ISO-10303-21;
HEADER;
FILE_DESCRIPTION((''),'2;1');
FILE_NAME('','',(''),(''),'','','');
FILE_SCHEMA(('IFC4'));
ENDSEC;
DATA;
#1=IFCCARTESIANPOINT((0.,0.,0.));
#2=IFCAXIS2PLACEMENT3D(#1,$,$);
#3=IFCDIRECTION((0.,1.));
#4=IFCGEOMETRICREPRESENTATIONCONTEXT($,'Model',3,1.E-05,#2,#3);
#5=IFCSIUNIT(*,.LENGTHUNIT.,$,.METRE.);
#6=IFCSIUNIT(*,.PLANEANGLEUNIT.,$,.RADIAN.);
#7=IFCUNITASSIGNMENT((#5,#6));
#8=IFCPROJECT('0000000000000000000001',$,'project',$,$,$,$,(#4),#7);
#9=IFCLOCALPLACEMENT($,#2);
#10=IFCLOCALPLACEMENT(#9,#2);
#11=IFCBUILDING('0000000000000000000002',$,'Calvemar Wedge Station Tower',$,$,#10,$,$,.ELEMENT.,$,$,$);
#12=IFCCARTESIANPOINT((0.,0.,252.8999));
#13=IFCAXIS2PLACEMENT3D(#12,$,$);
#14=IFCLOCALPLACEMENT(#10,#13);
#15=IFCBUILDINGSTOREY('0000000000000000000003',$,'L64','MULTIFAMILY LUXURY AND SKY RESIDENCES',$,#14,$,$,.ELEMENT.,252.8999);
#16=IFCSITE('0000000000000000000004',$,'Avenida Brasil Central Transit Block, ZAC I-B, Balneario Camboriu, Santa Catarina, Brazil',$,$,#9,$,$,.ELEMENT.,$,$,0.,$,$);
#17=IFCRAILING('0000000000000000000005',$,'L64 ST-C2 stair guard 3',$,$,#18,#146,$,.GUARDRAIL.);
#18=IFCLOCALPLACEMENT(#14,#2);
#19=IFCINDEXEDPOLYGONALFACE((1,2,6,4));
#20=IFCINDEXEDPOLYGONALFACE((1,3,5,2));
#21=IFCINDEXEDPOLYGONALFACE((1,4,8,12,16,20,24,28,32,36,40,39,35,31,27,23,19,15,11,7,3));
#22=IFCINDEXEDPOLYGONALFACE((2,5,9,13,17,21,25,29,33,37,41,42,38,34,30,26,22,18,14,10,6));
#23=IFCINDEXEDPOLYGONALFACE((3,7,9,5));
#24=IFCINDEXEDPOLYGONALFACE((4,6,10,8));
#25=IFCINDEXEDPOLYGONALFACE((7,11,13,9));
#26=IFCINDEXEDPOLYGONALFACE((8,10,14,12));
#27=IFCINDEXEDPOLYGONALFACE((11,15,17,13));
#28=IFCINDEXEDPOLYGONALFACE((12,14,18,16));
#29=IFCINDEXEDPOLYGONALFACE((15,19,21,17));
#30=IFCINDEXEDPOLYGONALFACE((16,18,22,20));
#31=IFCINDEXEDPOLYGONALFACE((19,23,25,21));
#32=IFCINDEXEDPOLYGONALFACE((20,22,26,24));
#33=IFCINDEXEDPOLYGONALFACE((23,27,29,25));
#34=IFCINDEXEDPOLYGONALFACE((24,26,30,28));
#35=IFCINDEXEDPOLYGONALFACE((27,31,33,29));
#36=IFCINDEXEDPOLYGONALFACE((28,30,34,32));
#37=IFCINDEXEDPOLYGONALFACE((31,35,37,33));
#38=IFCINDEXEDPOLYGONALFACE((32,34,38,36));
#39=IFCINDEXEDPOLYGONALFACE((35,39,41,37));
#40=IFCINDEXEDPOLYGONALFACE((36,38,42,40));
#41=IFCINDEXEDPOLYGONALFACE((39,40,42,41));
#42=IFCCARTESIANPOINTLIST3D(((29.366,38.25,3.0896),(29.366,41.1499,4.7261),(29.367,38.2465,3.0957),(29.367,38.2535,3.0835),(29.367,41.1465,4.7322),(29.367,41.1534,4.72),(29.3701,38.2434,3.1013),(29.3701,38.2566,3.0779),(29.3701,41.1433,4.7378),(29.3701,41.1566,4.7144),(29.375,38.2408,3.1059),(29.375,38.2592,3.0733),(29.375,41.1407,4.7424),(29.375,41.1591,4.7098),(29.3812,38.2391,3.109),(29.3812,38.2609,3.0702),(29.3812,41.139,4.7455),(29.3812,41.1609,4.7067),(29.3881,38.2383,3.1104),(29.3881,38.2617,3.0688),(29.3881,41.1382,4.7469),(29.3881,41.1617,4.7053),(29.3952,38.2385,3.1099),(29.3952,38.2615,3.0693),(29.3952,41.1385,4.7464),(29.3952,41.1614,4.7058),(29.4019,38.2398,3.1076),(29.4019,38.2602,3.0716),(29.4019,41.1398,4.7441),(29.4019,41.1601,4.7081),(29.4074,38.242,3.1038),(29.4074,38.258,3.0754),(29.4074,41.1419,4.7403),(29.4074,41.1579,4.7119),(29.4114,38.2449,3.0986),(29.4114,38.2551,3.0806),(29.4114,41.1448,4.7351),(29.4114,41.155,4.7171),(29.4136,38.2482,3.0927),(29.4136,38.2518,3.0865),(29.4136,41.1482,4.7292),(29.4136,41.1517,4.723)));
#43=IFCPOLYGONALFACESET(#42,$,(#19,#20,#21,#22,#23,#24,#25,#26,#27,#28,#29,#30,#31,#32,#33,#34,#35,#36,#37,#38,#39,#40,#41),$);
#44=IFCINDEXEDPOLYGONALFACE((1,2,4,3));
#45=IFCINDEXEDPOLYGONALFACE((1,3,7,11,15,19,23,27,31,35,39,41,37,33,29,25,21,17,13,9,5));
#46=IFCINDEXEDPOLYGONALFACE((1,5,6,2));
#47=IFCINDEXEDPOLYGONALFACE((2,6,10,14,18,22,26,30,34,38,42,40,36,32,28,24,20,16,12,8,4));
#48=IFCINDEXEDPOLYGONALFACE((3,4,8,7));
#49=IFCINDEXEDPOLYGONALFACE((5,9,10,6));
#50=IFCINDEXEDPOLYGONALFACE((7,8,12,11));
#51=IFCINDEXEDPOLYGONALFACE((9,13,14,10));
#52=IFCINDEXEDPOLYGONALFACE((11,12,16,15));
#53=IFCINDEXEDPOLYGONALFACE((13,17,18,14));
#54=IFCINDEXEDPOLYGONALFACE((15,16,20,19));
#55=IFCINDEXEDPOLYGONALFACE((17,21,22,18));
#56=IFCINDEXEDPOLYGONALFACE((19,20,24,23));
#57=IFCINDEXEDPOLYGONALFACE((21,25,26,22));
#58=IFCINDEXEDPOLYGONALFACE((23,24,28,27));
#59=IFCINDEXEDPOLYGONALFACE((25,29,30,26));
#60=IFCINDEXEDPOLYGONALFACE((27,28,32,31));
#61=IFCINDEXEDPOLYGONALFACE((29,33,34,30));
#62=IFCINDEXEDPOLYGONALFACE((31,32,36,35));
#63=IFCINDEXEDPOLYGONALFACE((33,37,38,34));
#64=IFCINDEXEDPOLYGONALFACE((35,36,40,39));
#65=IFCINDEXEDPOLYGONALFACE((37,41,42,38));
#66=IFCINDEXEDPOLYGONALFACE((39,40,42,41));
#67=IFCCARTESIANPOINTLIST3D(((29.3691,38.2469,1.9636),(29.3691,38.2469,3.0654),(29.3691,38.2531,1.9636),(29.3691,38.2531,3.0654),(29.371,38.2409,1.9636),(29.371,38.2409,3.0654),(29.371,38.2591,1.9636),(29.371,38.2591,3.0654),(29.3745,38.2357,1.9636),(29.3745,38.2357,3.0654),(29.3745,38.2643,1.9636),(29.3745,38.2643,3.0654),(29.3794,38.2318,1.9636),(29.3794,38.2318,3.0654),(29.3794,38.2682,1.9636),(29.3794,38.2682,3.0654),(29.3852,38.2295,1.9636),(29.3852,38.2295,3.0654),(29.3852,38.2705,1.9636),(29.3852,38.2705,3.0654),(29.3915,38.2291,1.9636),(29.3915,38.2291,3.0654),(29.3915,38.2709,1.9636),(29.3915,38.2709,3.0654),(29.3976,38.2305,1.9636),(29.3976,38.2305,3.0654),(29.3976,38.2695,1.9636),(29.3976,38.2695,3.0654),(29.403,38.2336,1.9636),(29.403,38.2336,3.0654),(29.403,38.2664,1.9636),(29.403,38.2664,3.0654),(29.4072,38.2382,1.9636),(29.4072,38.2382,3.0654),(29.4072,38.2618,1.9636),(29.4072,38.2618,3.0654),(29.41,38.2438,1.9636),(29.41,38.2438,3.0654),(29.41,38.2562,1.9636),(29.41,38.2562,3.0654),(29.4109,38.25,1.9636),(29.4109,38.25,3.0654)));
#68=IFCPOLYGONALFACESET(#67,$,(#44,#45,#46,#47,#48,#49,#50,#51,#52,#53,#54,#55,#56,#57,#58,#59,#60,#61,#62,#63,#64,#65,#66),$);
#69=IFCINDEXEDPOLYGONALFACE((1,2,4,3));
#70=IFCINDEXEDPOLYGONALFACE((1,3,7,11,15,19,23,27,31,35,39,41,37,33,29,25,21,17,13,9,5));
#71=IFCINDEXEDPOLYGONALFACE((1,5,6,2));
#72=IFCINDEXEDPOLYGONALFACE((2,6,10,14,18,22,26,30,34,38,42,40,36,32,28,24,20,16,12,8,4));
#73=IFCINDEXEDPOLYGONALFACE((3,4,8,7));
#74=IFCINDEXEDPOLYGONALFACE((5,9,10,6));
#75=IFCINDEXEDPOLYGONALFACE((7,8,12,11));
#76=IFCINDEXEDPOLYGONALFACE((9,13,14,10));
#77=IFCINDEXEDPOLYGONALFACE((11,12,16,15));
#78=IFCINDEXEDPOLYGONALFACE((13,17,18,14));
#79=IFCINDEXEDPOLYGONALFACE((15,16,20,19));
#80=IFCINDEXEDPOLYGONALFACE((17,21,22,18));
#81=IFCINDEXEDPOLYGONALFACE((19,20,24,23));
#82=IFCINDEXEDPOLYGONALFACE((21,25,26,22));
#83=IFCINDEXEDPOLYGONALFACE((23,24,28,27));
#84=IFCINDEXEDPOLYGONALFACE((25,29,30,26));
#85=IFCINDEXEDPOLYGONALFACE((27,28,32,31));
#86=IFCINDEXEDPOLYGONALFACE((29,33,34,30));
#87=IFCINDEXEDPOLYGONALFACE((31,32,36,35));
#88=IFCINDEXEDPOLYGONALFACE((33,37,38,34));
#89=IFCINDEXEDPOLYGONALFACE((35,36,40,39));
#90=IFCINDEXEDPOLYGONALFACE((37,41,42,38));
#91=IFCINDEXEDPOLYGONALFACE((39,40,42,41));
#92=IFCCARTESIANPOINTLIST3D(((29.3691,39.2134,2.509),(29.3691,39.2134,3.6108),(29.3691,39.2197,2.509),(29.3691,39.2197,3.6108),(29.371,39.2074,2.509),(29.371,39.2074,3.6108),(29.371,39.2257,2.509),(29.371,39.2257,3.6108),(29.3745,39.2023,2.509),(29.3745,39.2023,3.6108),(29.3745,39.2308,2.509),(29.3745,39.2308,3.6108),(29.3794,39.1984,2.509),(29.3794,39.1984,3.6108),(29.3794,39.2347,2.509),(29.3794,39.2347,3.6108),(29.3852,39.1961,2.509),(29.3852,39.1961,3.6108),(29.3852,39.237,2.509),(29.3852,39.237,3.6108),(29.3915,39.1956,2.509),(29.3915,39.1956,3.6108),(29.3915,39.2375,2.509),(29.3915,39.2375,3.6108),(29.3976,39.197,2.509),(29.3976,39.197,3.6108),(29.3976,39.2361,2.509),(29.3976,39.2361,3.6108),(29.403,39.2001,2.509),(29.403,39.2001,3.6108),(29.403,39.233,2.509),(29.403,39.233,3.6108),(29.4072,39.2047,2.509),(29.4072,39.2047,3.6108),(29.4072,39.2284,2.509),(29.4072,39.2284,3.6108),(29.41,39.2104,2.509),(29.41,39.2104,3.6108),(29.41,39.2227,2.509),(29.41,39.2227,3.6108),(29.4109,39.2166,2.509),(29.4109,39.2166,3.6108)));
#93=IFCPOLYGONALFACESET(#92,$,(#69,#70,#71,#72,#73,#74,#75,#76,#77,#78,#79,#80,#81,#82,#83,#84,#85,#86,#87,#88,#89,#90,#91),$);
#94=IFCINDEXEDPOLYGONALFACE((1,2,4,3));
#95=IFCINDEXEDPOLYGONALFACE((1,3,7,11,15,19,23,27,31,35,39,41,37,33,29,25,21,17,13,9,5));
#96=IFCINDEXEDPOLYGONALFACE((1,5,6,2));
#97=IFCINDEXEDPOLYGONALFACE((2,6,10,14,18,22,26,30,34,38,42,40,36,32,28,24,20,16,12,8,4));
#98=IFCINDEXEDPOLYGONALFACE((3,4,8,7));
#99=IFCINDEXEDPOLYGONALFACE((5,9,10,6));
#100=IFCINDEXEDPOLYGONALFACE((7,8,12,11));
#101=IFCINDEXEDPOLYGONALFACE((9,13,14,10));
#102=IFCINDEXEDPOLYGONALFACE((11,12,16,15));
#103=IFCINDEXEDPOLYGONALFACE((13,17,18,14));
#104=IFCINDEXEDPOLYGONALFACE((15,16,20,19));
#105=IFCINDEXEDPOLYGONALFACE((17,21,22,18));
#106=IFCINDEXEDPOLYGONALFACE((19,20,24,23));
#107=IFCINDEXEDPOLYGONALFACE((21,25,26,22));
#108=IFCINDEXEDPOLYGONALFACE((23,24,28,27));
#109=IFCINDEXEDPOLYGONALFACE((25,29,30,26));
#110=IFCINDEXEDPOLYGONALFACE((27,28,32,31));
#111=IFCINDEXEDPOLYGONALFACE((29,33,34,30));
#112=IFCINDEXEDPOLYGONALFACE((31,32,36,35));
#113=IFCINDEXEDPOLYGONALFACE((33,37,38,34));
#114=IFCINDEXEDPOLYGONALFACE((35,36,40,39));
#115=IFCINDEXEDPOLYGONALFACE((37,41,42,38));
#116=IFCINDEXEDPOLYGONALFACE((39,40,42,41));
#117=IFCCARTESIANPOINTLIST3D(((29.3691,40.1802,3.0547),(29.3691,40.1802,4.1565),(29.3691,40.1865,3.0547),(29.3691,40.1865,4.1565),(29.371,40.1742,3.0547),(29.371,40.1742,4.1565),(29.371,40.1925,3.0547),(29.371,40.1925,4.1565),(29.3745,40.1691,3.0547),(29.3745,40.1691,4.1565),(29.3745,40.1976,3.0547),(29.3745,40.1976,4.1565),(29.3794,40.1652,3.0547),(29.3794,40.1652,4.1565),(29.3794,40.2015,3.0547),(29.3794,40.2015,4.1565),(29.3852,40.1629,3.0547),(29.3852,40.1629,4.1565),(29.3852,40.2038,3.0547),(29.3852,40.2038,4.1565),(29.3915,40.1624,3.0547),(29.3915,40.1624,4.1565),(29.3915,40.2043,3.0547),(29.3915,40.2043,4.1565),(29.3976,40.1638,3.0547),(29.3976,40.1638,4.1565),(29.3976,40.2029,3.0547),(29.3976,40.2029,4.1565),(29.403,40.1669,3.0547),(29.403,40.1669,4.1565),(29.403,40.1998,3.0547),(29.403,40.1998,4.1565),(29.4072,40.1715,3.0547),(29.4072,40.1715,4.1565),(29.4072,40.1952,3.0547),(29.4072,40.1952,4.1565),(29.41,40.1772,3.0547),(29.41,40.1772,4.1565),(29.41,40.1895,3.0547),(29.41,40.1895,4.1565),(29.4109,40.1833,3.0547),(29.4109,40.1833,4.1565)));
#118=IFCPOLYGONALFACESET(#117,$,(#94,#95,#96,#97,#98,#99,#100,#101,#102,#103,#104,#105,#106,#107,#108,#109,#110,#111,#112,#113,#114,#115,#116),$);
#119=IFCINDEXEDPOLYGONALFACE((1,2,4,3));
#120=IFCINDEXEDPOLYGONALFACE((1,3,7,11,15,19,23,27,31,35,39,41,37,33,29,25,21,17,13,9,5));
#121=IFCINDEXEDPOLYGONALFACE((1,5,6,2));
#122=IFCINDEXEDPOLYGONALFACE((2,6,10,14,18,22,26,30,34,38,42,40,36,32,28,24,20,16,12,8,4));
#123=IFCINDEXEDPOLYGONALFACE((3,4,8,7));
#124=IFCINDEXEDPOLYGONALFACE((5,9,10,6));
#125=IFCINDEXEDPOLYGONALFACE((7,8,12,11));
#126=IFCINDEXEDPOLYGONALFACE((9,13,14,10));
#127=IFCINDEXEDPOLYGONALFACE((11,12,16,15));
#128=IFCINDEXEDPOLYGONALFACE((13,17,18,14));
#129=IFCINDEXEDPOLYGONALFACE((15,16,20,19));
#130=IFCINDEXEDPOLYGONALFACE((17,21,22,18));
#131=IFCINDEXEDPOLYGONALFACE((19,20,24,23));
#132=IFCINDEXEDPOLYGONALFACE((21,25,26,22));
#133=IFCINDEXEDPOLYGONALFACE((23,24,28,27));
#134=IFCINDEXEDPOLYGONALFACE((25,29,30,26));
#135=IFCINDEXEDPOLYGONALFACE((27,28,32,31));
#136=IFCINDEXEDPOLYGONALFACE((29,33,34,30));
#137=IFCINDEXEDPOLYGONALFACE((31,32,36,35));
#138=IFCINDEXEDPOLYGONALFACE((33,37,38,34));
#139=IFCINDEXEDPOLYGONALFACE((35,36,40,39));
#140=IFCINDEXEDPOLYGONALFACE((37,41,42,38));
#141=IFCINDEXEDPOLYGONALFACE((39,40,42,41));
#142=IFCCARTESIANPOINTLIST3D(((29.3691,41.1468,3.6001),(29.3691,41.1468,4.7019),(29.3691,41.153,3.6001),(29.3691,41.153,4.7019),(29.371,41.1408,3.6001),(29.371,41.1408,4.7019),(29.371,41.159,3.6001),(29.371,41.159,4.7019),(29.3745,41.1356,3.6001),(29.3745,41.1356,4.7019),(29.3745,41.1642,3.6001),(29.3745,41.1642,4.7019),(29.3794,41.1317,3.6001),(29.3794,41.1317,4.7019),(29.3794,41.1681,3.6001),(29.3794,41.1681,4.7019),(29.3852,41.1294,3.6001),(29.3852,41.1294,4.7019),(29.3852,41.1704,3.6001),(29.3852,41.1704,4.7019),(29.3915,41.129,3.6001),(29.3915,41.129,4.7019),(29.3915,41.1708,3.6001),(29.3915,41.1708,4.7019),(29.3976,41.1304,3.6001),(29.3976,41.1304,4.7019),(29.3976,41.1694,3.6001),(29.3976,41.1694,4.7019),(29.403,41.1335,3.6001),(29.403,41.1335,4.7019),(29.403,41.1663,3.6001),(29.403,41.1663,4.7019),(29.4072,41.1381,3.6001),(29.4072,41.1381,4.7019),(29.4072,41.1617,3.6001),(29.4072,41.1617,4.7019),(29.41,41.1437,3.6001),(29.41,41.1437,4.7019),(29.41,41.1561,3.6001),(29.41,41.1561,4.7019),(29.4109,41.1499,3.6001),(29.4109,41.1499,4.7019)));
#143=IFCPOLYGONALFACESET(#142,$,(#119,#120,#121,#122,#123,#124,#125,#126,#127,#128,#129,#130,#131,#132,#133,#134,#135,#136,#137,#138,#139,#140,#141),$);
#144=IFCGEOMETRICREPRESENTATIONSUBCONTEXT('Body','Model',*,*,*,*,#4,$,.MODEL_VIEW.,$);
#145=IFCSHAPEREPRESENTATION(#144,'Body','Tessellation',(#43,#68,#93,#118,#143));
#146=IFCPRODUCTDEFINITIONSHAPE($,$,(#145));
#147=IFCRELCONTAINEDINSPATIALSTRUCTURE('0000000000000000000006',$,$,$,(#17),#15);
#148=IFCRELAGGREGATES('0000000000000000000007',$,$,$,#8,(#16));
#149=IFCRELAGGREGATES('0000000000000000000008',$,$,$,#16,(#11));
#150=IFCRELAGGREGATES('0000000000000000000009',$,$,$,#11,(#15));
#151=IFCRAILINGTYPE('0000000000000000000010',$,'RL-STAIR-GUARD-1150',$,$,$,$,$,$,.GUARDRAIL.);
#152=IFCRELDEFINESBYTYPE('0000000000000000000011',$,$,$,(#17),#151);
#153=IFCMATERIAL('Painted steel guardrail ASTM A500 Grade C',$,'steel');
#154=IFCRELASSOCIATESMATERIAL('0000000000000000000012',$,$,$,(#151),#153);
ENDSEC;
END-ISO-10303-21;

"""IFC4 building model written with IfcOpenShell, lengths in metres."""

from ifc_helpers import new_model, si_unit, direction, frame, origin, origin_2d, place, context, subcontext, project, spatial, circle, extrude, material, type_object, element, save


model = new_model("IFC4")

# Units and contexts
model_context = context("Model", 3, precision=1e-05, world=origin(), true_north=direction((0.0, 1.0)))
body_context = subcontext(model_context, "Body", "Model", "MODEL_VIEW")
ifc_project = project(units=[si_unit("LENGTHUNIT", "METRE"), si_unit("PLANEANGLEUNIT", "RADIAN")], contexts=[model_context])

# Site, building, storey
site_placement = place(None, origin())
site = spatial("IfcSite", under=ifc_project, at=site_placement, Name="Avenida Brasil Central Transit Block, ZAC I-B, Balneario Camboriu, Santa Catarina, Brazil", CompositionType="ELEMENT", RefElevation=0.0)
building_placement = place(site_placement, origin())
building = spatial("IfcBuilding", under=site, at=building_placement, Name="Calvemar Wedge Station Tower", CompositionType="ELEMENT")
storey_placement = place(building_placement, frame((0.0, 0.0, 252.8999)))
storey = spatial("IfcBuildingStorey", under=building, at=storey_placement, Name="L64", Description="MULTIFAMILY LUXURY AND SKY RESIDENCES", CompositionType="ELEMENT", Elevation=252.8999)

# Railing
ifc_material_1 = material(Name="Painted steel guardrail ASTM A500 Grade C", Category="steel")
railing_type_1 = type_object("IfcRailingType", Name="RL-STAIR-GUARD-1150", PredefinedType="GUARDRAIL", material=ifc_material_1)
railing_1_placement = place(storey_placement, frame((29.3899, 38.25, 1.9636)))
element("IfcRailing", 1, at=railing_1_placement, inside=storey, type_object=railing_type_1, Name="L64 ST-C2 stair guard 3", PredefinedType="GUARDRAIL", context=body_context, shape_type="SweptSolid", body=[
    extrude(circle(Radius=0.0239, at=origin_2d()), frame((0.0, 0.0, 1.126), z_axis=(0.0, 0.870897, 0.491465), x_axis=(-1.0, 0.0, 0.0)), (0.0, 0.0, 1.0), 3.3298),
    extrude(circle(Radius=0.021, at=origin_2d()), origin(), (0.0, 0.0, 1.0), 1.1018),
    extrude(circle(Radius=0.021, at=origin_2d()), frame((0.0, 0.9666, 0.5454)), (0.0, 0.0, 1.0), 1.1018),
    extrude(circle(Radius=0.021, at=origin_2d()), frame((0.0, 1.9333, 1.0911)), (0.0, 0.0, 1.0), 1.1018),
    extrude(circle(Radius=0.021, at=origin_2d()), frame((0.0, 2.8999, 1.6365)), (0.0, 0.0, 1.0), 1.1018),
])

save(model, "model.ifc")
